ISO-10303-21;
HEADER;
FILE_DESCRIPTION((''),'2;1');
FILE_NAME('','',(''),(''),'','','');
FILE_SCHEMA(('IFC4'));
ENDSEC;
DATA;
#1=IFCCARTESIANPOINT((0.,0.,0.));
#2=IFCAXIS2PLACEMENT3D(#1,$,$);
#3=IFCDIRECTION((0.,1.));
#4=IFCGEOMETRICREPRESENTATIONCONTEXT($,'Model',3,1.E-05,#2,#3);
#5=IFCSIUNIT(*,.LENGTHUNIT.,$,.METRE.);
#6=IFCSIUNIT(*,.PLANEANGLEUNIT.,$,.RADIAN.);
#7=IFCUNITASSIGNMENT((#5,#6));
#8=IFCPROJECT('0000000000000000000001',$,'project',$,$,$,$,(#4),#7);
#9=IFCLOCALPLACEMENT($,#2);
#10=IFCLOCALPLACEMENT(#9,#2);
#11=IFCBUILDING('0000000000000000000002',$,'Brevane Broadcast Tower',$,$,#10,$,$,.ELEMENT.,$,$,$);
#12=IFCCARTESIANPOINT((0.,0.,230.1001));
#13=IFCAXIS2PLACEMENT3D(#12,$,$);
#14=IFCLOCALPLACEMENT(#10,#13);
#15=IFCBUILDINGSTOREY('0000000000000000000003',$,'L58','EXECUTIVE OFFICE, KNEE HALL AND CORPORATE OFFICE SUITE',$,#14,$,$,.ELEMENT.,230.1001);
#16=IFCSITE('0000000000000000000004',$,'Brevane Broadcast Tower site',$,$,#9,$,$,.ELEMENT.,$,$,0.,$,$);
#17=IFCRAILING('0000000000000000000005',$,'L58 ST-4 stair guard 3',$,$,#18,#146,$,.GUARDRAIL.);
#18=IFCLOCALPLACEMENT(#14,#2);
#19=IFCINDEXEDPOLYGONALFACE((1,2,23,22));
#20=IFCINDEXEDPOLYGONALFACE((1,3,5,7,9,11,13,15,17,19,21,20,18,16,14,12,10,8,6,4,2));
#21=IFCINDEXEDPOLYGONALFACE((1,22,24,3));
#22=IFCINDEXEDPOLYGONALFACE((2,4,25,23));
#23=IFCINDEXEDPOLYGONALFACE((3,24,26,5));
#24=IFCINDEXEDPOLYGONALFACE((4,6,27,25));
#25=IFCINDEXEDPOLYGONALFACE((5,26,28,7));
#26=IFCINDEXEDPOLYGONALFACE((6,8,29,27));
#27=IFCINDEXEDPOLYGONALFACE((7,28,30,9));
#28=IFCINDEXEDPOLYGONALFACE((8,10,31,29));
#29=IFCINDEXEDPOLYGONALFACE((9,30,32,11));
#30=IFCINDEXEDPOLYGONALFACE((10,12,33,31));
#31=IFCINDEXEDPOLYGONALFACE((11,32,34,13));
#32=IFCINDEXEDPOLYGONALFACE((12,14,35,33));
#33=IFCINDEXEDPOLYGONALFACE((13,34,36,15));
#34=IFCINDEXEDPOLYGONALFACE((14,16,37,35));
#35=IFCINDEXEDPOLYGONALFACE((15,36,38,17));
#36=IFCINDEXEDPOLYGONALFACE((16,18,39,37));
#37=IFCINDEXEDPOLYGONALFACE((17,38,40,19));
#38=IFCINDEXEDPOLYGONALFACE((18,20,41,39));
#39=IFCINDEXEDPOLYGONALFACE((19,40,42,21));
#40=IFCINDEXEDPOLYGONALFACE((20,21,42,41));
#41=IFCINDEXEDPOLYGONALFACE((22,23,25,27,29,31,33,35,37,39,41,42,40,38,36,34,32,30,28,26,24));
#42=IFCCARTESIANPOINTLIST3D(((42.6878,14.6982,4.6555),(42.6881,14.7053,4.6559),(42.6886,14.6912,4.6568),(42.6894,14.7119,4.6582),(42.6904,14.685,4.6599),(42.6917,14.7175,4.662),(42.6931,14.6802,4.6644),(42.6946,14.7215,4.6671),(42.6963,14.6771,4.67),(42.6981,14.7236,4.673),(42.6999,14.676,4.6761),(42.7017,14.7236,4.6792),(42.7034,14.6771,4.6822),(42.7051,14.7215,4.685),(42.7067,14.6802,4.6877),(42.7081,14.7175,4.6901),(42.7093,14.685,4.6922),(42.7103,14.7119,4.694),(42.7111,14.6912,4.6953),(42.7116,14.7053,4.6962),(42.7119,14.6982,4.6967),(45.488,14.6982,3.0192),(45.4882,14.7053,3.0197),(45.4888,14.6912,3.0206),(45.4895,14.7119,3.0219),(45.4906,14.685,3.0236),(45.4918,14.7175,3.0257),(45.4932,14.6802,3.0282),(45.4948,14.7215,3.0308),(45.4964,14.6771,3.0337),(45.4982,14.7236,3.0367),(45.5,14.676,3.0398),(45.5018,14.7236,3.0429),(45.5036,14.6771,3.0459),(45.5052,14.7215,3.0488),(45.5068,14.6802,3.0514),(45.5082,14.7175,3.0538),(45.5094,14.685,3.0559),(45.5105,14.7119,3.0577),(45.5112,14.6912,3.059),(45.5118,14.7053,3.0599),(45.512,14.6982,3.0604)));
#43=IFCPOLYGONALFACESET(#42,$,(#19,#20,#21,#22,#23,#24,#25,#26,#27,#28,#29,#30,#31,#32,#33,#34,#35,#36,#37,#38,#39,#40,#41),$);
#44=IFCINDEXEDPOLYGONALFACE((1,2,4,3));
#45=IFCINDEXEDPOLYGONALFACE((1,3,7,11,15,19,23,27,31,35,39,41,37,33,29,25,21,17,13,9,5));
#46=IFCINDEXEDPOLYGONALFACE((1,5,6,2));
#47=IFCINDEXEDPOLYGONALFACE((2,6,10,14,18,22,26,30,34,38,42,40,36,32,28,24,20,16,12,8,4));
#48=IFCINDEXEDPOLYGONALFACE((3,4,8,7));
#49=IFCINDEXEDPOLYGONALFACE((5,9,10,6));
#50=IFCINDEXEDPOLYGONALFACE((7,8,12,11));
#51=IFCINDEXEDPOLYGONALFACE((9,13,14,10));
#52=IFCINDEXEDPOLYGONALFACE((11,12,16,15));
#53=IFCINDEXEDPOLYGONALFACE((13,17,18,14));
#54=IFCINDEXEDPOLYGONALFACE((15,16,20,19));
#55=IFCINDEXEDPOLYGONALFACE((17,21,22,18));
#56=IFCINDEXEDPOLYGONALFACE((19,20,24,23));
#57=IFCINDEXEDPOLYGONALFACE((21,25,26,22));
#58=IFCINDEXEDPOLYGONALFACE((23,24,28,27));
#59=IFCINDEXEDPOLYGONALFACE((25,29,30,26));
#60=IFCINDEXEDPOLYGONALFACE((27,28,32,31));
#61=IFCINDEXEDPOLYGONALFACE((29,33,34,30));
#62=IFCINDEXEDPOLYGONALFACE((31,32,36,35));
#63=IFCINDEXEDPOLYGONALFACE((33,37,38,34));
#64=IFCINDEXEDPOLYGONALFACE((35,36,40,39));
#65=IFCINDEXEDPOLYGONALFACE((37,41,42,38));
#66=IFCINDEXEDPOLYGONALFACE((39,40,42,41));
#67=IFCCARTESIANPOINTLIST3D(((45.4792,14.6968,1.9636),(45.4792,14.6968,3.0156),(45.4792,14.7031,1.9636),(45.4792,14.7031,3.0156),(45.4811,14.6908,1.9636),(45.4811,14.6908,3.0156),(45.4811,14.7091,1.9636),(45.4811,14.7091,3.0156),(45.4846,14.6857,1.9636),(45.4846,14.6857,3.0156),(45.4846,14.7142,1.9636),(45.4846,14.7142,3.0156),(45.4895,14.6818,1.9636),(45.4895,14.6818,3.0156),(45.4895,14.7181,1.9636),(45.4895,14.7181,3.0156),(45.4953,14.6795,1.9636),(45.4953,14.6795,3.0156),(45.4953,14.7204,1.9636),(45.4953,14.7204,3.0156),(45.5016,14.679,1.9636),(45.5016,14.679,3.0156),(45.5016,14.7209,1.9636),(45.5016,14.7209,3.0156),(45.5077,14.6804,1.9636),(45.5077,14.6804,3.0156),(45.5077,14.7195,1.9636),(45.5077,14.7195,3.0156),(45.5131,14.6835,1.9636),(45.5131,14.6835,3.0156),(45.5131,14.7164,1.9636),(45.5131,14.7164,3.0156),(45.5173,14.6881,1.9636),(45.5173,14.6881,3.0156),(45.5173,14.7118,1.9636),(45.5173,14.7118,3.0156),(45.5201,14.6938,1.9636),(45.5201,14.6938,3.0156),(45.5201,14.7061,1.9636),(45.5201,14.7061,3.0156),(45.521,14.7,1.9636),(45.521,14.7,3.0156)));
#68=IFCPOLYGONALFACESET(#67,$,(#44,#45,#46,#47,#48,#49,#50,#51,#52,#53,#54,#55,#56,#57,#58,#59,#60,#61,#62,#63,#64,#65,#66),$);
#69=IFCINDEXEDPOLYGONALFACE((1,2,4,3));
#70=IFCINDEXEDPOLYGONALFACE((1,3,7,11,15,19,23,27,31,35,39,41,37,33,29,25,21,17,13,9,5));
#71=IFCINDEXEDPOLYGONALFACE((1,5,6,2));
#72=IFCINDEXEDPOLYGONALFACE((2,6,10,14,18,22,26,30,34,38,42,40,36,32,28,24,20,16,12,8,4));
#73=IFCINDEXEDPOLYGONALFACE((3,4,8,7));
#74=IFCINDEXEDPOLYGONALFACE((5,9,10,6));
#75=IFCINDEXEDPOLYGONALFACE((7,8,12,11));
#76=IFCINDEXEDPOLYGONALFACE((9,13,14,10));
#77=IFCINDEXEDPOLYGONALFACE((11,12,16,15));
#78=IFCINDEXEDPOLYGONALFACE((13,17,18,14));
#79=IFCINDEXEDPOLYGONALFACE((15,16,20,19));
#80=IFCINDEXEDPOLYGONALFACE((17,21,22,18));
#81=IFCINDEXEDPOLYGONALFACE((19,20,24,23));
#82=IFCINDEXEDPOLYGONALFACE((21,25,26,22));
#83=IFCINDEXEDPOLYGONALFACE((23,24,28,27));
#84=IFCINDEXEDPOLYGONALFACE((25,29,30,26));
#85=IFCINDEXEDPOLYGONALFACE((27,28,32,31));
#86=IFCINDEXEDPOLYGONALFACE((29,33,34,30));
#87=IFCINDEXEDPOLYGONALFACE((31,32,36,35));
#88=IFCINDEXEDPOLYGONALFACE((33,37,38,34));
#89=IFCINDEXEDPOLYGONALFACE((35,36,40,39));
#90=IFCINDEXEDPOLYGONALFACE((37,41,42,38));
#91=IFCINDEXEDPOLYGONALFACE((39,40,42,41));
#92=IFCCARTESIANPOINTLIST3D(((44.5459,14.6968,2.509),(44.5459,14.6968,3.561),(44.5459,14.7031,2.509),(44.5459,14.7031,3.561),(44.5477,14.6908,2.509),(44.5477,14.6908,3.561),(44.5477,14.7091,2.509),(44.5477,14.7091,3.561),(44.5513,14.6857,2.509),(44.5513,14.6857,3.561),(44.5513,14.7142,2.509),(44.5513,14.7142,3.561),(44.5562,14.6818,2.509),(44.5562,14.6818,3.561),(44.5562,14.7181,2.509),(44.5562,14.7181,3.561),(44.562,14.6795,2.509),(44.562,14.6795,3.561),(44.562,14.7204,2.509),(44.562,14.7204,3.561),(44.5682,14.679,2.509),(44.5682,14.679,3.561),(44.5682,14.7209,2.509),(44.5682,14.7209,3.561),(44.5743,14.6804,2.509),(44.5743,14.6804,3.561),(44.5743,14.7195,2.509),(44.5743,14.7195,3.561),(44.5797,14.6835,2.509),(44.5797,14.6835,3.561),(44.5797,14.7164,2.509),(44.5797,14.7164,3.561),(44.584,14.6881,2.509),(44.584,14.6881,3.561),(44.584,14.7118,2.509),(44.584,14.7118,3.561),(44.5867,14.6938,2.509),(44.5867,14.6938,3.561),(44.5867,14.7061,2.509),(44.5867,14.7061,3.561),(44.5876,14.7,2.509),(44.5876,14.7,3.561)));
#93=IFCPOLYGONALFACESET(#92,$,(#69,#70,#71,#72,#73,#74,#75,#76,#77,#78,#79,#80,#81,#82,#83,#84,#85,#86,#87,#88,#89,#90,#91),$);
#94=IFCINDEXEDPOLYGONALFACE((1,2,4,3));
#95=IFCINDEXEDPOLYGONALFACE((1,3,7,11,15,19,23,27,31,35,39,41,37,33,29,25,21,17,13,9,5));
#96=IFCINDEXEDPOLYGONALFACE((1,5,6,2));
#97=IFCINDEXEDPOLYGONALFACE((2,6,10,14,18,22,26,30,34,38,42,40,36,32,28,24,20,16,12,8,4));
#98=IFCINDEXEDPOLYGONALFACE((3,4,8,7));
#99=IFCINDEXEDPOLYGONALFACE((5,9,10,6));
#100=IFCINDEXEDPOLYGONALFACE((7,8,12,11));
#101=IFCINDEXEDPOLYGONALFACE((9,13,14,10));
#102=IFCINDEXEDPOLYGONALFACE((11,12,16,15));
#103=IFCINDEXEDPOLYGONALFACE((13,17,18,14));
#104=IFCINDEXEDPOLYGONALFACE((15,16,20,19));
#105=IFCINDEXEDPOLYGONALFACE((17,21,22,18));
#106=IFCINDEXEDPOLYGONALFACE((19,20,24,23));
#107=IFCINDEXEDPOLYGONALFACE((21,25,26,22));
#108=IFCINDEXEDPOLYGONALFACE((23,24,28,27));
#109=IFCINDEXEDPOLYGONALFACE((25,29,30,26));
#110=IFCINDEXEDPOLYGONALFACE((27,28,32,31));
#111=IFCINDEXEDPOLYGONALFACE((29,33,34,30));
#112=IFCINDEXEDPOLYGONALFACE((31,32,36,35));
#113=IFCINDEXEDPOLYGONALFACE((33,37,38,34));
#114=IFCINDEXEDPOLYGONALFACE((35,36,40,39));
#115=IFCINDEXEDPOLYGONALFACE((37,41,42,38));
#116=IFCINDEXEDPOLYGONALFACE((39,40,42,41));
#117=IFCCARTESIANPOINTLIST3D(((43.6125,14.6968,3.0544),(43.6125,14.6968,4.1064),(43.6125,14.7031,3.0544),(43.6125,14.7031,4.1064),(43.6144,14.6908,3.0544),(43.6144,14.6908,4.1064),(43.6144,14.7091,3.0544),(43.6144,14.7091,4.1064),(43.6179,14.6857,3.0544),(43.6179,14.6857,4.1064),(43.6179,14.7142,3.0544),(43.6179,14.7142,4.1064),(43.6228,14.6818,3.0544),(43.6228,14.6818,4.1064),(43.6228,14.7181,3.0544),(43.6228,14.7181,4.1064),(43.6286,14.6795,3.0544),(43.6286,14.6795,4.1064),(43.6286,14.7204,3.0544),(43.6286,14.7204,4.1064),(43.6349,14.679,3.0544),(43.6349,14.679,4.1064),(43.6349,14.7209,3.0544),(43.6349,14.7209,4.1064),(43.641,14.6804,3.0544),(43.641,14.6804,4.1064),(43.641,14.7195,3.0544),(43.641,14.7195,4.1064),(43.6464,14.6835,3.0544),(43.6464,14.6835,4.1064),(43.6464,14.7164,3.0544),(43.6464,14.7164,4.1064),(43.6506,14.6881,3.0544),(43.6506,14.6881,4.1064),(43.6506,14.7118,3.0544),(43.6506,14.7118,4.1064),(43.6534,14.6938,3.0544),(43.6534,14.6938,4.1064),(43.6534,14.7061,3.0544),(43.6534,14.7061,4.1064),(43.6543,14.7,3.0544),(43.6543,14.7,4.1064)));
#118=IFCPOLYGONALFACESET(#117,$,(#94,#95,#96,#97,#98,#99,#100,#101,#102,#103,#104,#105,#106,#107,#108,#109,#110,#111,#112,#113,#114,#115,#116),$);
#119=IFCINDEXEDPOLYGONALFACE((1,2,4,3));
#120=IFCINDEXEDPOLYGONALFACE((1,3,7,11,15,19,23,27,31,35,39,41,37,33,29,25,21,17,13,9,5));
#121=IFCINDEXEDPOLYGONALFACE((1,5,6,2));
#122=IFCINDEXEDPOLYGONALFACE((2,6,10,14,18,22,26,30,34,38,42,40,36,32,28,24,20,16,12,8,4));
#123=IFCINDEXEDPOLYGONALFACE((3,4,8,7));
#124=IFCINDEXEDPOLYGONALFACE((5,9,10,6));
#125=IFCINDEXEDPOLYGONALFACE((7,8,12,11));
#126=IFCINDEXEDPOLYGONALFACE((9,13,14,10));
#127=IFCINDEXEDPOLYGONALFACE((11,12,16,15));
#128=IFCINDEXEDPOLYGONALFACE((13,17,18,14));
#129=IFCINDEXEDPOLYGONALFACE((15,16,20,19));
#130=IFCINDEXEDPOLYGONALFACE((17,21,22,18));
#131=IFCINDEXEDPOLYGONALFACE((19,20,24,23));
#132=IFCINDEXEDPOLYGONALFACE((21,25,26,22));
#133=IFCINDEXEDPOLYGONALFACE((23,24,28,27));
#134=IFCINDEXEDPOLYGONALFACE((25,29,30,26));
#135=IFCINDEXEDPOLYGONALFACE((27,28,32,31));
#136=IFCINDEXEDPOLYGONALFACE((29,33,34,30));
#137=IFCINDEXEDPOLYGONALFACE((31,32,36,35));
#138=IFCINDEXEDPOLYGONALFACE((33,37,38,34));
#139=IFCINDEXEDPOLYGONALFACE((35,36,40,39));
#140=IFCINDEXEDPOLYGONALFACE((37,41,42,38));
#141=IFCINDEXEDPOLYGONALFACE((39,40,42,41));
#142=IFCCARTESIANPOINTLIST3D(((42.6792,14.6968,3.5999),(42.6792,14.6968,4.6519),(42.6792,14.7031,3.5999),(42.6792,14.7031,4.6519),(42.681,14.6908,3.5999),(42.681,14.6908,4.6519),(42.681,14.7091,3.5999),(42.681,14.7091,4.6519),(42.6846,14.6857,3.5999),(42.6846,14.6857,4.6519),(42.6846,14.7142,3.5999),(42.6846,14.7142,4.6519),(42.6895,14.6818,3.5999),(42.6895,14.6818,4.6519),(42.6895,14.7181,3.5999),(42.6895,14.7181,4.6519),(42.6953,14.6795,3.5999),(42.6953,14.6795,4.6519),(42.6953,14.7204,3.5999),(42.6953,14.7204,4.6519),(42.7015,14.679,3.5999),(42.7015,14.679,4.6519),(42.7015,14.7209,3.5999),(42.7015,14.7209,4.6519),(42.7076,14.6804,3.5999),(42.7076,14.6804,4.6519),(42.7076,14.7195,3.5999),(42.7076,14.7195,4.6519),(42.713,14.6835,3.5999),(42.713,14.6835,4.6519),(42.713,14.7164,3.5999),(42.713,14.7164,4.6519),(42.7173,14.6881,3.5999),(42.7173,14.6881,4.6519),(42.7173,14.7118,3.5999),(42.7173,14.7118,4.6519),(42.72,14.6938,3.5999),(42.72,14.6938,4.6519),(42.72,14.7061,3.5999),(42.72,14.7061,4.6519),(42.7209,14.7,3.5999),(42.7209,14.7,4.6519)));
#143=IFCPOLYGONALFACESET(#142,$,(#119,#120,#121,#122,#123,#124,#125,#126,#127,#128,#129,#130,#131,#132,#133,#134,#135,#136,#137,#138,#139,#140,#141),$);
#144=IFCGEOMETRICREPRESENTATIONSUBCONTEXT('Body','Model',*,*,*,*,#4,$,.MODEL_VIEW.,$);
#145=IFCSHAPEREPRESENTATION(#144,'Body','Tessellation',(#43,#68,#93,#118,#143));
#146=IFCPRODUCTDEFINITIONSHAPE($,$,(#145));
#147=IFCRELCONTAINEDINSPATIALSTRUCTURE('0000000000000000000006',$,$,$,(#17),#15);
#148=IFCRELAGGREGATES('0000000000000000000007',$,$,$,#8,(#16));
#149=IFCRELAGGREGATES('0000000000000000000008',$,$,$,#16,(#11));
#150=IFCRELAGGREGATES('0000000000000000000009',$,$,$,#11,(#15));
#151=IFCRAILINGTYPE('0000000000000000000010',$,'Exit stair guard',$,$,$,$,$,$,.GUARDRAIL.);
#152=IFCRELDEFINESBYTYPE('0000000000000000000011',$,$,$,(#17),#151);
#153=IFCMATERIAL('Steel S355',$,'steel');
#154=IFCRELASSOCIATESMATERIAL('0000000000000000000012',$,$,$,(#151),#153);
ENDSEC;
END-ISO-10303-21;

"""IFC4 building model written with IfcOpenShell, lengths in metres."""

from ifc_helpers import new_model, si_unit, direction, frame, origin, origin_2d, place, context, subcontext, project, spatial, circle, extrude, material, type_object, element, save


model = new_model("IFC4")

# Units and contexts
model_context = context("Model", 3, precision=1e-05, world=origin(), true_north=direction((0.0, 1.0)))
body_context = subcontext(model_context, "Body", "Model", "MODEL_VIEW")
ifc_project = project(units=[si_unit("LENGTHUNIT", "METRE"), si_unit("PLANEANGLEUNIT", "RADIAN")], contexts=[model_context])

# Site, building, storey
site_placement = place(None, origin())
site = spatial("IfcSite", under=ifc_project, at=site_placement, Name="Brevane Broadcast Tower site", CompositionType="ELEMENT", RefElevation=0.0)
building_placement = place(site_placement, origin())
building = spatial("IfcBuilding", under=site, at=building_placement, Name="Brevane Broadcast Tower", CompositionType="ELEMENT")
storey_placement = place(building_placement, frame((0.0, 0.0, 230.1001)))
storey = spatial("IfcBuildingStorey", under=building, at=storey_placement, Name="L58", Description="EXECUTIVE OFFICE, KNEE HALL AND CORPORATE OFFICE SUITE", CompositionType="ELEMENT", Elevation=230.1001)

# Railing
ifc_material_1 = material(Name="Steel S355", Category="steel")
railing_type_1 = type_object("IfcRailingType", Name="Exit stair guard", PredefinedType="GUARDRAIL", material=ifc_material_1)
railing_1_placement = place(storey_placement, frame((45.5, 14.7, 1.9636)))
element("IfcRailing", 1, at=railing_1_placement, inside=storey, type_object=railing_type_1, Name="L58 ST-4 stair guard 3", PredefinedType="GUARDRAIL", context=body_context, shape_type="SweptSolid", body=[
    extrude(circle(Radius=0.0239, at=origin_2d()), frame((0.0, 0.0, 1.0762), z_axis=(-0.863394, 0.0, 0.504531), x_axis=(0.0, -1.0, 0.0)), (0.0, 0.0, 1.0), 3.2432),
    extrude(circle(Radius=0.021, at=origin_2d()), origin(), (0.0, 0.0, 1.0), 1.052),
    extrude(circle(Radius=0.021, at=origin_2d()), frame((-0.9333, 0.0, 0.5454)), (0.0, 0.0, 1.0), 1.052),
    extrude(circle(Radius=0.021, at=origin_2d()), frame((-1.8667, 0.0, 1.0908)), (0.0, 0.0, 1.0), 1.052),
    extrude(circle(Radius=0.021, at=origin_2d()), frame((-2.8, 0.0, 1.6362)), (0.0, 0.0, 1.0), 1.052),
])

save(model, "model.ifc")
